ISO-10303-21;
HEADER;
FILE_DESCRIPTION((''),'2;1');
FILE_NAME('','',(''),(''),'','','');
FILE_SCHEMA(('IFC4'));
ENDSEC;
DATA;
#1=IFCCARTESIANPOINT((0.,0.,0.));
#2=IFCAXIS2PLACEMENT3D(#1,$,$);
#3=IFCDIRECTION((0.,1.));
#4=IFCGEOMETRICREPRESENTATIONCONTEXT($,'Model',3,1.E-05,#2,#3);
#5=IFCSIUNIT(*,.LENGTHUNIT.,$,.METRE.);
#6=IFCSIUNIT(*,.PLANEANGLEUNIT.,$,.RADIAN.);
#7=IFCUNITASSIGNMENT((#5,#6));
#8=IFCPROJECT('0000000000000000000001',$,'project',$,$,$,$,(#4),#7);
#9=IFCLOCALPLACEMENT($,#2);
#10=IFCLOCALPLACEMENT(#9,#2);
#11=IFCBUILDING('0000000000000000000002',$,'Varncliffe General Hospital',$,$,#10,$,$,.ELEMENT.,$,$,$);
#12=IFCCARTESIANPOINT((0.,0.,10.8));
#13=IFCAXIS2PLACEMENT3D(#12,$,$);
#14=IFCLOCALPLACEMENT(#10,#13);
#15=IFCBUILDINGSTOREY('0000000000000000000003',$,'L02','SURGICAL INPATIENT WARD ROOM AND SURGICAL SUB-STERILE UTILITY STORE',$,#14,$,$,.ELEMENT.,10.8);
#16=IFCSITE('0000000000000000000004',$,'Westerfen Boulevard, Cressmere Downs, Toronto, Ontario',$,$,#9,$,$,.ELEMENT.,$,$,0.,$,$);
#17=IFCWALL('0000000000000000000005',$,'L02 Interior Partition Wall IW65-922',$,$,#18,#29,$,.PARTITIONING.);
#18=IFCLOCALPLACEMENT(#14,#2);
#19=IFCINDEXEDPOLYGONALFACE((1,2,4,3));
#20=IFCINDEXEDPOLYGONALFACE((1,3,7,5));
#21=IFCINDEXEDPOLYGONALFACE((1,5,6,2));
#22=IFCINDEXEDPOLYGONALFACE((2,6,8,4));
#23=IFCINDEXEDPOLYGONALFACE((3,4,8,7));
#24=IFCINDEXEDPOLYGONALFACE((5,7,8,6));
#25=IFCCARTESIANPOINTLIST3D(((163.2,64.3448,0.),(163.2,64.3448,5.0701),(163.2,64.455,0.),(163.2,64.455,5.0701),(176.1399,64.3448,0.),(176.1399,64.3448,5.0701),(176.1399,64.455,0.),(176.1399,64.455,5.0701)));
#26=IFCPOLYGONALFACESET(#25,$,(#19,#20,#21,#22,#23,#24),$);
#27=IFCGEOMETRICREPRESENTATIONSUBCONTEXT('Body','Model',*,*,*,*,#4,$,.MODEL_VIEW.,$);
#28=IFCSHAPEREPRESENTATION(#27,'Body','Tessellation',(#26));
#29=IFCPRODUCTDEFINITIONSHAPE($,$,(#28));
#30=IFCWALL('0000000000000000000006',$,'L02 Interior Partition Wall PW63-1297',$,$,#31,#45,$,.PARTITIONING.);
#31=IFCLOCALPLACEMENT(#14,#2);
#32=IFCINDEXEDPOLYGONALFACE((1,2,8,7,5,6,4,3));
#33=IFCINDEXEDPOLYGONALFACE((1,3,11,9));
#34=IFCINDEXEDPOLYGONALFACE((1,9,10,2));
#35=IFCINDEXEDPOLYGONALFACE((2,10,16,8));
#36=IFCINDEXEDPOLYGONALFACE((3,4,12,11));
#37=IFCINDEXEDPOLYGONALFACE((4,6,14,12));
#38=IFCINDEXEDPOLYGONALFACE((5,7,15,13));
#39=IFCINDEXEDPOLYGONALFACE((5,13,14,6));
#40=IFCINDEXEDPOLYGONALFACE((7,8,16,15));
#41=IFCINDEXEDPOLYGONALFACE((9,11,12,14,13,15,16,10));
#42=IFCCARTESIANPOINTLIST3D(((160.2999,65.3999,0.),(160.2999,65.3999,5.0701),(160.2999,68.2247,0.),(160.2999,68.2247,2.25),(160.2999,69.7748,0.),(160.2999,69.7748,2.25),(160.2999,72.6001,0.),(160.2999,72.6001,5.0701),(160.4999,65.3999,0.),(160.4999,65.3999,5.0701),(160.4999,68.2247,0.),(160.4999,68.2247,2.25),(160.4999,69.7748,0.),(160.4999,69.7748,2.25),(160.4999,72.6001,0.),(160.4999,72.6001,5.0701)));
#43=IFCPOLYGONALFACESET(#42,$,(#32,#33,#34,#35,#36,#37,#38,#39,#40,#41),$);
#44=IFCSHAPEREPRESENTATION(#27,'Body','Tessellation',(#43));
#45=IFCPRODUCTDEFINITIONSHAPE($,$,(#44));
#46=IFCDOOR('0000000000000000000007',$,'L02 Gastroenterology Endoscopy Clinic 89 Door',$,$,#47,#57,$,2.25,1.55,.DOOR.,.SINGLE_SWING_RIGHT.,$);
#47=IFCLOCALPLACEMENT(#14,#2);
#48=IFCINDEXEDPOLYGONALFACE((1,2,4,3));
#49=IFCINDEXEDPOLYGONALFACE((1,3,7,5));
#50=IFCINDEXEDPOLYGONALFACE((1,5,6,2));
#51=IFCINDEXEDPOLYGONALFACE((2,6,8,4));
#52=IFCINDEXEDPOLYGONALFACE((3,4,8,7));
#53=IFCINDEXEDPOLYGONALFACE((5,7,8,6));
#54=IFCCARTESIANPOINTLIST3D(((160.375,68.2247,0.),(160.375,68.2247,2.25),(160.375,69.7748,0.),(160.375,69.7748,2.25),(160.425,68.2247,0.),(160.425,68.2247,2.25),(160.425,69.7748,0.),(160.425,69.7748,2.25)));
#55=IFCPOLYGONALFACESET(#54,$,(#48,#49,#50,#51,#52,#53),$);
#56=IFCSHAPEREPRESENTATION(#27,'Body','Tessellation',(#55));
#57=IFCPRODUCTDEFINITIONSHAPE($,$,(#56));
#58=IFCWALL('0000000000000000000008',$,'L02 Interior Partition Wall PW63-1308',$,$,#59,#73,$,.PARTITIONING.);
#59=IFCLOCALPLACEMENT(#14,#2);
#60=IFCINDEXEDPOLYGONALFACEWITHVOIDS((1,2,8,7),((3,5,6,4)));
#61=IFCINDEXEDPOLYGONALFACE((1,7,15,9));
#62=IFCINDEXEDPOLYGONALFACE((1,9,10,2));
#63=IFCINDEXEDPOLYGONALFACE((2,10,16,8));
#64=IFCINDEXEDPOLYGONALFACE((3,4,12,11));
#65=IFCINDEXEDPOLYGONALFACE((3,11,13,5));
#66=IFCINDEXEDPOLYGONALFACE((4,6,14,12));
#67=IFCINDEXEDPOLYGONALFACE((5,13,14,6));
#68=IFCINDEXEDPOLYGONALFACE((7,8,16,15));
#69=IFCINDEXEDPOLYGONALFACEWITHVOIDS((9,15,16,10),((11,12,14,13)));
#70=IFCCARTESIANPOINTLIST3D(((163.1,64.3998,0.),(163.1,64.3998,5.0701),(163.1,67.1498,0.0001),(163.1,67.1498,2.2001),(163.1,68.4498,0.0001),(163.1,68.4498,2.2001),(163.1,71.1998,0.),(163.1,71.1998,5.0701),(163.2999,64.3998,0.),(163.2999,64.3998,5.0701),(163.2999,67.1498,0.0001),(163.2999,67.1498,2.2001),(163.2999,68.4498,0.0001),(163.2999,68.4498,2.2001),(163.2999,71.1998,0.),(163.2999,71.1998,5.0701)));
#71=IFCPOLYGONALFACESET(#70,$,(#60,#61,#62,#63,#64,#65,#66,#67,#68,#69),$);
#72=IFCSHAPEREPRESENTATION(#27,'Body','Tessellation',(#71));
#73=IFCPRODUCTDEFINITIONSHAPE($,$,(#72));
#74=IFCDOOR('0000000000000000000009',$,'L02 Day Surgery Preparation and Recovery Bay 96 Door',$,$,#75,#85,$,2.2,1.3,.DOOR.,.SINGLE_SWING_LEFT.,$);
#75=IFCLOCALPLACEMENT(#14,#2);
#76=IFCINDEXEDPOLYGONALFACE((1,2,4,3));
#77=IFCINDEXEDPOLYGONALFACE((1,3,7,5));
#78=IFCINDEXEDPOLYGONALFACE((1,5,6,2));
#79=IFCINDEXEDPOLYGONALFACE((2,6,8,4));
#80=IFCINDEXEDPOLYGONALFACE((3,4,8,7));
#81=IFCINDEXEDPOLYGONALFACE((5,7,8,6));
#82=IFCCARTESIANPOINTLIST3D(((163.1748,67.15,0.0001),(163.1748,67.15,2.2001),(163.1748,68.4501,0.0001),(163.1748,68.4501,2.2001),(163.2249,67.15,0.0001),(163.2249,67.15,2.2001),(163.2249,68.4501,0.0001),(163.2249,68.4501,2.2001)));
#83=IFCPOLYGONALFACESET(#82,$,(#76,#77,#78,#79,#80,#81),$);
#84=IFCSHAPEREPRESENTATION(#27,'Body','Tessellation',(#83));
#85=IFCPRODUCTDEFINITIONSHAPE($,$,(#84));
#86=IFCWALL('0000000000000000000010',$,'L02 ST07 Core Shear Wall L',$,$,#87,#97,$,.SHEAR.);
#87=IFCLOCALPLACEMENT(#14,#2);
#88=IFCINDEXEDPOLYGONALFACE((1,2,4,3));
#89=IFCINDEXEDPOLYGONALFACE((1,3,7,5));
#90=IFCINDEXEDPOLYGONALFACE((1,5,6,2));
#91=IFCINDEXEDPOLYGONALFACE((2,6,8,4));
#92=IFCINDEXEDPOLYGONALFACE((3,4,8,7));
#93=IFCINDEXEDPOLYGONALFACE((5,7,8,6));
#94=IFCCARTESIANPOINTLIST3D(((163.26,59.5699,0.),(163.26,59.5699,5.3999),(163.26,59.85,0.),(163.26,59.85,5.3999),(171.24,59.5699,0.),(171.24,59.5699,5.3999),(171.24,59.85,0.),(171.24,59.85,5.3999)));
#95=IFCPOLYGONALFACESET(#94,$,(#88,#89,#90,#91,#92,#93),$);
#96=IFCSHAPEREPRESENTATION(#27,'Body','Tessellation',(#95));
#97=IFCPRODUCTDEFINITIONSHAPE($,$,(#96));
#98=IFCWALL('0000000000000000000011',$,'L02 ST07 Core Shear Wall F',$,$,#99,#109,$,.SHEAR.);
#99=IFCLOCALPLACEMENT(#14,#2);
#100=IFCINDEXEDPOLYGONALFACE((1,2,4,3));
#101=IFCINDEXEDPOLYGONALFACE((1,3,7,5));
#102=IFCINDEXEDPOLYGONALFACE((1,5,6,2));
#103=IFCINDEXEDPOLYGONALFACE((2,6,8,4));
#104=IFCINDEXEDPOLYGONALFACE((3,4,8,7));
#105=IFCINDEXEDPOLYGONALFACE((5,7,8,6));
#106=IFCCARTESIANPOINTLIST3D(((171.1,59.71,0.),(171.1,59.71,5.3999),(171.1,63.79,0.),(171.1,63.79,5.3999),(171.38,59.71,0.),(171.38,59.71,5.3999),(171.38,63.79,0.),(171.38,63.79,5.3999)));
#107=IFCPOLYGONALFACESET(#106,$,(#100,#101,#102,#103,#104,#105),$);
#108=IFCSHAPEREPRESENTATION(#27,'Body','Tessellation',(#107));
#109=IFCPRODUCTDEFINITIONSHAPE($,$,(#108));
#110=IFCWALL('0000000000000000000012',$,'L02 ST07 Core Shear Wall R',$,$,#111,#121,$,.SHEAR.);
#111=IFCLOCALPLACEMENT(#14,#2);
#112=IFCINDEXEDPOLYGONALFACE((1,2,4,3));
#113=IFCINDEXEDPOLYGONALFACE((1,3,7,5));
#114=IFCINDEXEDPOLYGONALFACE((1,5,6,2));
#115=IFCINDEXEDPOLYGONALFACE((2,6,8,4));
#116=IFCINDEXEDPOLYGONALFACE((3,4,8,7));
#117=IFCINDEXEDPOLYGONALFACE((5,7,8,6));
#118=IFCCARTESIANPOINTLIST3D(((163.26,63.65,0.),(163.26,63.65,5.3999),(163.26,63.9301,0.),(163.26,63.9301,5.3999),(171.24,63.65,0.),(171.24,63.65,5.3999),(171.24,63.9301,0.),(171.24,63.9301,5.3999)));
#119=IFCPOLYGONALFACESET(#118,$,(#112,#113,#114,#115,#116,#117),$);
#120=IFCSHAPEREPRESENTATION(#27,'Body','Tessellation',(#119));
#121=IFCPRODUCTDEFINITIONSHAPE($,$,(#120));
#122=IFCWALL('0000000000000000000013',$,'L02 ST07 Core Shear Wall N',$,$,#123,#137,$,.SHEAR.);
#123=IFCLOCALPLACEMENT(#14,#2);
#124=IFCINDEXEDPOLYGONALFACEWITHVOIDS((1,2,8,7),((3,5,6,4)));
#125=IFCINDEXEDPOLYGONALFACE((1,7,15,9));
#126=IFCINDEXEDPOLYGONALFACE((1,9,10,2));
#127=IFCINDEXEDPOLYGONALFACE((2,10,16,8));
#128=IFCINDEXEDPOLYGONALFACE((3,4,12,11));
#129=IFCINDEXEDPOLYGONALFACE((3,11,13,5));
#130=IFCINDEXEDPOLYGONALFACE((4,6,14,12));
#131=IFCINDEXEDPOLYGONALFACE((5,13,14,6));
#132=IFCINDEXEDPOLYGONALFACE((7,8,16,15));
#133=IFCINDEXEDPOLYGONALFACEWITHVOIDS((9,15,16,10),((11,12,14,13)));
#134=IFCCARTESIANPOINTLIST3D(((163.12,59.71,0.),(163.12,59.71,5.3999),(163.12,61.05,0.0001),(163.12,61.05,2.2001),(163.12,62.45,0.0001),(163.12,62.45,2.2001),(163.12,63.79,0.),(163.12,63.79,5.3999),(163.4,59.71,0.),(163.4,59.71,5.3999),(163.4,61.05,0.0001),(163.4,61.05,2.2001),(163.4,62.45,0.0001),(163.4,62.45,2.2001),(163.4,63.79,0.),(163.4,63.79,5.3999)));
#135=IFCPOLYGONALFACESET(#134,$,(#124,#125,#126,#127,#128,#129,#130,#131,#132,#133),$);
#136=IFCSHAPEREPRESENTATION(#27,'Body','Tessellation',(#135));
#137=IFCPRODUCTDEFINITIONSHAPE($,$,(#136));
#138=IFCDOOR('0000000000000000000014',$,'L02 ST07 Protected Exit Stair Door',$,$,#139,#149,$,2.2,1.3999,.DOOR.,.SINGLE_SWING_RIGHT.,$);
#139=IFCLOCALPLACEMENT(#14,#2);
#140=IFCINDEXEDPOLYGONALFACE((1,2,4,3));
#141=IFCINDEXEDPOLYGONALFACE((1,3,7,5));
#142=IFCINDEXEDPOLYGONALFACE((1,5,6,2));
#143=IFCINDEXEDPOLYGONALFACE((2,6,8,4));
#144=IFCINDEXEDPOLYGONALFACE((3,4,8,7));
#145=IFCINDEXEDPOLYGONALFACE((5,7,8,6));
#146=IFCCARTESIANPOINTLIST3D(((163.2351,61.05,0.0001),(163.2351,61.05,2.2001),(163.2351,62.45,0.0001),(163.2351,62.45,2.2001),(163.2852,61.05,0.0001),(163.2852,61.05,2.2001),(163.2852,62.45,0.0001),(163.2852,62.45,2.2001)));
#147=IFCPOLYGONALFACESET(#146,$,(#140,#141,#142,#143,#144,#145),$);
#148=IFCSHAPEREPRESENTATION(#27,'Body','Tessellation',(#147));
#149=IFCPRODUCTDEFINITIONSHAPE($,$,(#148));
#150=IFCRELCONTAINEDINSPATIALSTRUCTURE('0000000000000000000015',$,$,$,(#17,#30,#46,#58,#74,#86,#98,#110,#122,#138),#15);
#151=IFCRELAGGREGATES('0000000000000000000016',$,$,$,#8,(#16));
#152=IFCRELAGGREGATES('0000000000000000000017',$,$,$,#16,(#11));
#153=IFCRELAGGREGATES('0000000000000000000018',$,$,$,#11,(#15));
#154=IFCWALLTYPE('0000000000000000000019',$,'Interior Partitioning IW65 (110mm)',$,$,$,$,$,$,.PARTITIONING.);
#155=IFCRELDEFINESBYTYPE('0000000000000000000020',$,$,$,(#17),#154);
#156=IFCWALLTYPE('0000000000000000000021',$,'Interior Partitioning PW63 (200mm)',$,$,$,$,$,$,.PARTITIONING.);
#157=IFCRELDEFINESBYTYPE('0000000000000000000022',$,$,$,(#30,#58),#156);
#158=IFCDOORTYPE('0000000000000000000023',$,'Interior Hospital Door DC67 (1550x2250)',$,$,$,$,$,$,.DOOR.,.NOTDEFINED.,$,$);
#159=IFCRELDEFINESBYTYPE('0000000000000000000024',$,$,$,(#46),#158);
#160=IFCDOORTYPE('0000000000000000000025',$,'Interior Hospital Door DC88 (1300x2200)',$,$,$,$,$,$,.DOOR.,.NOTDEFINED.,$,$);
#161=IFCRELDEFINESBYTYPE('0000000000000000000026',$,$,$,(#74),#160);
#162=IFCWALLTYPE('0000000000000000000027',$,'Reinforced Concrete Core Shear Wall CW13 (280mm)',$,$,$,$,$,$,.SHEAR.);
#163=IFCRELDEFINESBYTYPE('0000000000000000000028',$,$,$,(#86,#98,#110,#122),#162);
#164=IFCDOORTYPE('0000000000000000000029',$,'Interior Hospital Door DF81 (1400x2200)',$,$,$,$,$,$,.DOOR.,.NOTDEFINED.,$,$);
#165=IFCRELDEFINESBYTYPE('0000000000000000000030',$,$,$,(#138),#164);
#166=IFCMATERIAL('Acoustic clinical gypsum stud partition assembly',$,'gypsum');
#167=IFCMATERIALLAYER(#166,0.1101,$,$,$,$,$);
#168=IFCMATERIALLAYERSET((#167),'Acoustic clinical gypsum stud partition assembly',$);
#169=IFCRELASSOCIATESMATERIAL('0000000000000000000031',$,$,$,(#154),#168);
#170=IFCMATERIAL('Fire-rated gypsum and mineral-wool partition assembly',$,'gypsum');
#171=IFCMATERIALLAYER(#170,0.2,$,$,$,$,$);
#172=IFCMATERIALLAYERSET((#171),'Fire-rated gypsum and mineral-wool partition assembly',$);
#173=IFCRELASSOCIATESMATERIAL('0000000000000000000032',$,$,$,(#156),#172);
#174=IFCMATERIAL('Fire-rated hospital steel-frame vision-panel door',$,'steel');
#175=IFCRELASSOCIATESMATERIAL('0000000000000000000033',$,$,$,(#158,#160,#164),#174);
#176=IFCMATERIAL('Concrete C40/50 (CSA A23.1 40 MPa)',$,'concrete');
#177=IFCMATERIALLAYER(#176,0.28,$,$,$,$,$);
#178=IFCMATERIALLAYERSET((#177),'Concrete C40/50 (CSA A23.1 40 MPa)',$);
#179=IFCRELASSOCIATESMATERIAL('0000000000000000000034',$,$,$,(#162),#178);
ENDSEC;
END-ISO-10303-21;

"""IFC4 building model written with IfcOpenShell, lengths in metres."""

from ifc_helpers import new_model, si_unit, direction, frame, frame_2d, origin, place, context, subcontext, project, spatial, rectangle, extrude, material, layer, layer_set, type_object, element, fill, save


model = new_model("IFC4")

# Units and contexts
model_context = context("Model", 3, precision=1e-05, world=origin(), true_north=direction((0.0, 1.0)))
body_context = subcontext(model_context, "Body", "Model", "MODEL_VIEW")
ifc_project = project(units=[si_unit("LENGTHUNIT", "METRE"), si_unit("PLANEANGLEUNIT", "RADIAN")], contexts=[model_context])

# Site, building, storey
site_placement = place(None, origin())
site = spatial("IfcSite", under=ifc_project, at=site_placement, Name="Westerfen Boulevard, Cressmere Downs, Toronto, Ontario", CompositionType="ELEMENT", RefElevation=0.0)
building_placement = place(site_placement, origin())
building = spatial("IfcBuilding", under=site, at=building_placement, Name="Varncliffe General Hospital", CompositionType="ELEMENT")
storey_placement = place(building_placement, frame((0.0, 0.0, 10.8)))
storey = spatial("IfcBuildingStorey", under=building, at=storey_placement, Name="L02", Description="SURGICAL INPATIENT WARD ROOM AND SURGICAL SUB-STERILE UTILITY STORE", CompositionType="ELEMENT", Elevation=10.8)

# Shared definitions
ifc_material_1 = material(Name="Concrete C40/50 (CSA A23.1 40 MPa)", Category="concrete")

# Wall
ifc_material_2 = material(Name="Acoustic clinical gypsum stud partition assembly", Category="gypsum")
ifc_layer_1 = layer(ifc_material_2, 0.1101)
ifc_layer_set_1 = layer_set([ifc_layer_1], Name="Acoustic clinical gypsum stud partition assembly")
wall_type_1 = type_object("IfcWallType", Name="Interior Partitioning IW65 (110mm)", PredefinedType="PARTITIONING", material=ifc_layer_set_1)
wall_1_placement = place(storey_placement, frame((163.2, 64.3999, 0.0), z_axis=(0.0, 0.0, 1.0), x_axis=(1.0, 0.0, 0.0)))
element("IfcWall", 1, at=wall_1_placement, inside=storey, type_object=wall_type_1, Name="L02 Interior Partition Wall IW65-922", PredefinedType="PARTITIONING", context=body_context, shape_type="SweptSolid", body=[
    extrude(rectangle(XDim=12.9399, YDim=0.1101, at=frame_2d((6.47, 0.0))), origin(), (0.0, 0.0, 1.0), 5.0701),
])

# Walls, openings, doors
ifc_material_3 = material(Name="Fire-rated gypsum and mineral-wool partition assembly", Category="gypsum")
ifc_layer_2 = layer(ifc_material_3, 0.2)
ifc_layer_set_2 = layer_set([ifc_layer_2], Name="Fire-rated gypsum and mineral-wool partition assembly")
wall_type_2 = type_object("IfcWallType", Name="Interior Partitioning PW63 (200mm)", PredefinedType="PARTITIONING", material=ifc_layer_set_2)
wall_2_placement = place(storey_placement, frame((160.3999, 65.3999, 0.0), z_axis=(0.0, 0.0, 1.0), x_axis=(0.0, 1.0, 0.0)))
wall_2 = element("IfcWall", 2, at=wall_2_placement, inside=storey, type_object=wall_type_2, Name="L02 Interior Partition Wall PW63-1297", PredefinedType="PARTITIONING", context=body_context, shape_type="SweptSolid", body=[
    extrude(rectangle(XDim=7.2002, YDim=0.2, at=frame_2d((3.6001, 0.0))), origin(), (0.0, 0.0, 1.0), 5.0701),
])
opening_1_placement = place(wall_2_placement, frame((2.825, 0.0, 0.0)))
opening_1 = element("IfcOpeningElement", 3, at=opening_1_placement, cuts=wall_2, PredefinedType="OPENING", context=body_context, shape_type="SweptSolid", body=[
    extrude(rectangle(XDim=1.55, YDim=2.25, at=frame_2d((0.7749, 1.125))), frame((0.0, 0.1099, 0.0), z_axis=(0.0, -1.0, 0.0), x_axis=(1.0, 0.0, 0.0)), (0.0, 0.0, 1.0), 0.22),
])
ifc_material_4 = material(Name="Fire-rated hospital steel-frame vision-panel door", Category="steel")
door_type_1 = type_object("IfcDoorType", Name="Interior Hospital Door DC67 (1550x2250)", OperationType="NOTDEFINED", PredefinedType="DOOR", material=ifc_material_4)
door_1_placement = place(opening_1_placement, origin())
door_1 = element("IfcDoor", 4, at=door_1_placement, inside=storey, type_object=door_type_1, Name="L02 Gastroenterology Endoscopy Clinic 89 Door", OperationType="SINGLE_SWING_RIGHT", OverallHeight=2.25, OverallWidth=1.55, PredefinedType="DOOR", context=body_context, shape_type="SweptSolid", body=[
    extrude(rectangle(XDim=1.55, YDim=2.25, at=frame_2d((0.7749, 1.125))), frame((0.0, 0.0249, 0.0), z_axis=(0.0, -1.0, 0.0), x_axis=(1.0, 0.0, 0.0)), (0.0, 0.0, 1.0), 0.05),
])
fill(opening_1, door_1)
wall_3_placement = place(storey_placement, frame((163.2, 64.3999, 0.0), z_axis=(0.0, 0.0, 1.0), x_axis=(0.0, 1.0, 0.0)))
wall_3 = element("IfcWall", 5, at=wall_3_placement, inside=storey, type_object=wall_type_2, Name="L02 Interior Partition Wall PW63-1308", PredefinedType="PARTITIONING", context=body_context, shape_type="SweptSolid", body=[
    extrude(rectangle(XDim=6.8, YDim=0.2, at=frame_2d((3.3999, 0.0))), origin(), (0.0, 0.0, 1.0), 5.0701),
])
opening_2_placement = place(wall_3_placement, frame((2.75, 0.0, 0.0)))
opening_2 = element("IfcOpeningElement", 6, at=opening_2_placement, cuts=wall_3, PredefinedType="OPENING", context=body_context, shape_type="SweptSolid", body=[
    extrude(rectangle(XDim=1.3, YDim=2.2, at=frame_2d((0.6499, 1.1001))), frame((0.0, 0.1099, 0.0), z_axis=(0.0, -1.0, 0.0), x_axis=(1.0, 0.0, 0.0)), (0.0, 0.0, 1.0), 0.22),
])
door_type_2 = type_object("IfcDoorType", Name="Interior Hospital Door DC88 (1300x2200)", OperationType="NOTDEFINED", PredefinedType="DOOR", material=ifc_material_4)
door_2_placement = place(opening_2_placement, frame((1.3, 0.0, 0.0), z_axis=(0.0, 0.0, 1.0), x_axis=(-1.0, 0.0, 0.0)))
door_2 = element("IfcDoor", 7, at=door_2_placement, inside=storey, type_object=door_type_2, Name="L02 Day Surgery Preparation and Recovery Bay 96 Door", OperationType="SINGLE_SWING_LEFT", OverallHeight=2.2, OverallWidth=1.3, PredefinedType="DOOR", context=body_context, shape_type="SweptSolid", body=[
    extrude(rectangle(XDim=1.3, YDim=2.2, at=frame_2d((0.6499, 1.1001))), frame((0.0, 0.0249, 0.0), z_axis=(0.0, -1.0, 0.0), x_axis=(1.0, 0.0, 0.0)), (0.0, 0.0, 1.0), 0.05),
])
fill(opening_2, door_2)

# Walls
ifc_layer_3 = layer(ifc_material_1, 0.28)
ifc_layer_set_3 = layer_set([ifc_layer_3], Name="Concrete C40/50 (CSA A23.1 40 MPa)")
wall_type_3 = type_object("IfcWallType", Name="Reinforced Concrete Core Shear Wall CW13 (280mm)", PredefinedType="SHEAR", material=ifc_layer_set_3)
wall_4_placement = place(storey_placement, frame((163.26, 59.71, 0.0), z_axis=(0.0, 0.0, 1.0), x_axis=(1.0, 0.0, 0.0)))
element("IfcWall", 8, at=wall_4_placement, inside=storey, type_object=wall_type_3, Name="L02 ST07 Core Shear Wall L", PredefinedType="SHEAR", context=body_context, shape_type="SweptSolid", body=[
    extrude(rectangle(XDim=7.98, YDim=0.28, at=frame_2d((3.99, 0.0))), origin(), (0.0, 0.0, 1.0), 5.3999),
])
wall_5_placement = place(storey_placement, frame((171.24, 59.71, 0.0), z_axis=(0.0, 0.0, 1.0), x_axis=(0.0, 1.0, 0.0)))
element("IfcWall", 9, at=wall_5_placement, inside=storey, type_object=wall_type_3, Name="L02 ST07 Core Shear Wall F", PredefinedType="SHEAR", context=body_context, shape_type="SweptSolid", body=[
    extrude(rectangle(XDim=4.0801, YDim=0.28, at=frame_2d((2.04, 0.0))), origin(), (0.0, 0.0, 1.0), 5.3999),
])
wall_6_placement = place(storey_placement, frame((171.24, 63.79, 0.0), z_axis=(0.0, 0.0, 1.0), x_axis=(-1.0, 0.0, 0.0)))
element("IfcWall", 10, at=wall_6_placement, inside=storey, type_object=wall_type_3, Name="L02 ST07 Core Shear Wall R", PredefinedType="SHEAR", context=body_context, shape_type="SweptSolid", body=[
    extrude(rectangle(XDim=7.98, YDim=0.28, at=frame_2d((3.99, 0.0))), origin(), (0.0, 0.0, 1.0), 5.3999),
])

# Wall, opening, door
wall_7_placement = place(storey_placement, frame((163.26, 63.79, 0.0), z_axis=(0.0, 0.0, 1.0), x_axis=(0.0, -1.0, 0.0)))
wall_7 = element("IfcWall", 11, at=wall_7_placement, inside=storey, type_object=wall_type_3, Name="L02 ST07 Core Shear Wall N", PredefinedType="SHEAR", context=body_context, shape_type="SweptSolid", body=[
    extrude(rectangle(XDim=4.0801, YDim=0.28, at=frame_2d((2.04, 0.0))), origin(), (0.0, 0.0, 1.0), 5.3999),
])
opening_3_placement = place(wall_7_placement, frame((1.3401, 0.0, 0.0)))
opening_3 = element("IfcOpeningElement", 12, at=opening_3_placement, cuts=wall_7, PredefinedType="OPENING", context=body_context, shape_type="SweptSolid", body=[
    extrude(rectangle(XDim=1.3999, YDim=2.2, at=frame_2d((0.7, 1.1001))), frame((0.0, 0.1499, 0.0), z_axis=(0.0, -1.0, 0.0), x_axis=(1.0, 0.0, 0.0)), (0.0, 0.0, 1.0), 0.3),
])
door_type_3 = type_object("IfcDoorType", Name="Interior Hospital Door DF81 (1400x2200)", OperationType="NOTDEFINED", PredefinedType="DOOR", material=ifc_material_4)
door_3_placement = place(opening_3_placement, frame((1.3999, 0.0, 0.0), z_axis=(0.0, 0.0, 1.0), x_axis=(-1.0, 0.0, 0.0)))
door_3 = element("IfcDoor", 13, at=door_3_placement, inside=storey, type_object=door_type_3, Name="L02 ST07 Protected Exit Stair Door", OperationType="SINGLE_SWING_RIGHT", OverallHeight=2.2, OverallWidth=1.3999, PredefinedType="DOOR", context=body_context, shape_type="SweptSolid", body=[
    extrude(rectangle(XDim=1.3999, YDim=2.2, at=frame_2d((0.7, 1.1001))), frame((0.0, 0.0249, 0.0), z_axis=(0.0, -1.0, 0.0), x_axis=(1.0, 0.0, 0.0)), (0.0, 0.0, 1.0), 0.05),
])
fill(opening_3, door_3)

save(model, "model.ifc")
